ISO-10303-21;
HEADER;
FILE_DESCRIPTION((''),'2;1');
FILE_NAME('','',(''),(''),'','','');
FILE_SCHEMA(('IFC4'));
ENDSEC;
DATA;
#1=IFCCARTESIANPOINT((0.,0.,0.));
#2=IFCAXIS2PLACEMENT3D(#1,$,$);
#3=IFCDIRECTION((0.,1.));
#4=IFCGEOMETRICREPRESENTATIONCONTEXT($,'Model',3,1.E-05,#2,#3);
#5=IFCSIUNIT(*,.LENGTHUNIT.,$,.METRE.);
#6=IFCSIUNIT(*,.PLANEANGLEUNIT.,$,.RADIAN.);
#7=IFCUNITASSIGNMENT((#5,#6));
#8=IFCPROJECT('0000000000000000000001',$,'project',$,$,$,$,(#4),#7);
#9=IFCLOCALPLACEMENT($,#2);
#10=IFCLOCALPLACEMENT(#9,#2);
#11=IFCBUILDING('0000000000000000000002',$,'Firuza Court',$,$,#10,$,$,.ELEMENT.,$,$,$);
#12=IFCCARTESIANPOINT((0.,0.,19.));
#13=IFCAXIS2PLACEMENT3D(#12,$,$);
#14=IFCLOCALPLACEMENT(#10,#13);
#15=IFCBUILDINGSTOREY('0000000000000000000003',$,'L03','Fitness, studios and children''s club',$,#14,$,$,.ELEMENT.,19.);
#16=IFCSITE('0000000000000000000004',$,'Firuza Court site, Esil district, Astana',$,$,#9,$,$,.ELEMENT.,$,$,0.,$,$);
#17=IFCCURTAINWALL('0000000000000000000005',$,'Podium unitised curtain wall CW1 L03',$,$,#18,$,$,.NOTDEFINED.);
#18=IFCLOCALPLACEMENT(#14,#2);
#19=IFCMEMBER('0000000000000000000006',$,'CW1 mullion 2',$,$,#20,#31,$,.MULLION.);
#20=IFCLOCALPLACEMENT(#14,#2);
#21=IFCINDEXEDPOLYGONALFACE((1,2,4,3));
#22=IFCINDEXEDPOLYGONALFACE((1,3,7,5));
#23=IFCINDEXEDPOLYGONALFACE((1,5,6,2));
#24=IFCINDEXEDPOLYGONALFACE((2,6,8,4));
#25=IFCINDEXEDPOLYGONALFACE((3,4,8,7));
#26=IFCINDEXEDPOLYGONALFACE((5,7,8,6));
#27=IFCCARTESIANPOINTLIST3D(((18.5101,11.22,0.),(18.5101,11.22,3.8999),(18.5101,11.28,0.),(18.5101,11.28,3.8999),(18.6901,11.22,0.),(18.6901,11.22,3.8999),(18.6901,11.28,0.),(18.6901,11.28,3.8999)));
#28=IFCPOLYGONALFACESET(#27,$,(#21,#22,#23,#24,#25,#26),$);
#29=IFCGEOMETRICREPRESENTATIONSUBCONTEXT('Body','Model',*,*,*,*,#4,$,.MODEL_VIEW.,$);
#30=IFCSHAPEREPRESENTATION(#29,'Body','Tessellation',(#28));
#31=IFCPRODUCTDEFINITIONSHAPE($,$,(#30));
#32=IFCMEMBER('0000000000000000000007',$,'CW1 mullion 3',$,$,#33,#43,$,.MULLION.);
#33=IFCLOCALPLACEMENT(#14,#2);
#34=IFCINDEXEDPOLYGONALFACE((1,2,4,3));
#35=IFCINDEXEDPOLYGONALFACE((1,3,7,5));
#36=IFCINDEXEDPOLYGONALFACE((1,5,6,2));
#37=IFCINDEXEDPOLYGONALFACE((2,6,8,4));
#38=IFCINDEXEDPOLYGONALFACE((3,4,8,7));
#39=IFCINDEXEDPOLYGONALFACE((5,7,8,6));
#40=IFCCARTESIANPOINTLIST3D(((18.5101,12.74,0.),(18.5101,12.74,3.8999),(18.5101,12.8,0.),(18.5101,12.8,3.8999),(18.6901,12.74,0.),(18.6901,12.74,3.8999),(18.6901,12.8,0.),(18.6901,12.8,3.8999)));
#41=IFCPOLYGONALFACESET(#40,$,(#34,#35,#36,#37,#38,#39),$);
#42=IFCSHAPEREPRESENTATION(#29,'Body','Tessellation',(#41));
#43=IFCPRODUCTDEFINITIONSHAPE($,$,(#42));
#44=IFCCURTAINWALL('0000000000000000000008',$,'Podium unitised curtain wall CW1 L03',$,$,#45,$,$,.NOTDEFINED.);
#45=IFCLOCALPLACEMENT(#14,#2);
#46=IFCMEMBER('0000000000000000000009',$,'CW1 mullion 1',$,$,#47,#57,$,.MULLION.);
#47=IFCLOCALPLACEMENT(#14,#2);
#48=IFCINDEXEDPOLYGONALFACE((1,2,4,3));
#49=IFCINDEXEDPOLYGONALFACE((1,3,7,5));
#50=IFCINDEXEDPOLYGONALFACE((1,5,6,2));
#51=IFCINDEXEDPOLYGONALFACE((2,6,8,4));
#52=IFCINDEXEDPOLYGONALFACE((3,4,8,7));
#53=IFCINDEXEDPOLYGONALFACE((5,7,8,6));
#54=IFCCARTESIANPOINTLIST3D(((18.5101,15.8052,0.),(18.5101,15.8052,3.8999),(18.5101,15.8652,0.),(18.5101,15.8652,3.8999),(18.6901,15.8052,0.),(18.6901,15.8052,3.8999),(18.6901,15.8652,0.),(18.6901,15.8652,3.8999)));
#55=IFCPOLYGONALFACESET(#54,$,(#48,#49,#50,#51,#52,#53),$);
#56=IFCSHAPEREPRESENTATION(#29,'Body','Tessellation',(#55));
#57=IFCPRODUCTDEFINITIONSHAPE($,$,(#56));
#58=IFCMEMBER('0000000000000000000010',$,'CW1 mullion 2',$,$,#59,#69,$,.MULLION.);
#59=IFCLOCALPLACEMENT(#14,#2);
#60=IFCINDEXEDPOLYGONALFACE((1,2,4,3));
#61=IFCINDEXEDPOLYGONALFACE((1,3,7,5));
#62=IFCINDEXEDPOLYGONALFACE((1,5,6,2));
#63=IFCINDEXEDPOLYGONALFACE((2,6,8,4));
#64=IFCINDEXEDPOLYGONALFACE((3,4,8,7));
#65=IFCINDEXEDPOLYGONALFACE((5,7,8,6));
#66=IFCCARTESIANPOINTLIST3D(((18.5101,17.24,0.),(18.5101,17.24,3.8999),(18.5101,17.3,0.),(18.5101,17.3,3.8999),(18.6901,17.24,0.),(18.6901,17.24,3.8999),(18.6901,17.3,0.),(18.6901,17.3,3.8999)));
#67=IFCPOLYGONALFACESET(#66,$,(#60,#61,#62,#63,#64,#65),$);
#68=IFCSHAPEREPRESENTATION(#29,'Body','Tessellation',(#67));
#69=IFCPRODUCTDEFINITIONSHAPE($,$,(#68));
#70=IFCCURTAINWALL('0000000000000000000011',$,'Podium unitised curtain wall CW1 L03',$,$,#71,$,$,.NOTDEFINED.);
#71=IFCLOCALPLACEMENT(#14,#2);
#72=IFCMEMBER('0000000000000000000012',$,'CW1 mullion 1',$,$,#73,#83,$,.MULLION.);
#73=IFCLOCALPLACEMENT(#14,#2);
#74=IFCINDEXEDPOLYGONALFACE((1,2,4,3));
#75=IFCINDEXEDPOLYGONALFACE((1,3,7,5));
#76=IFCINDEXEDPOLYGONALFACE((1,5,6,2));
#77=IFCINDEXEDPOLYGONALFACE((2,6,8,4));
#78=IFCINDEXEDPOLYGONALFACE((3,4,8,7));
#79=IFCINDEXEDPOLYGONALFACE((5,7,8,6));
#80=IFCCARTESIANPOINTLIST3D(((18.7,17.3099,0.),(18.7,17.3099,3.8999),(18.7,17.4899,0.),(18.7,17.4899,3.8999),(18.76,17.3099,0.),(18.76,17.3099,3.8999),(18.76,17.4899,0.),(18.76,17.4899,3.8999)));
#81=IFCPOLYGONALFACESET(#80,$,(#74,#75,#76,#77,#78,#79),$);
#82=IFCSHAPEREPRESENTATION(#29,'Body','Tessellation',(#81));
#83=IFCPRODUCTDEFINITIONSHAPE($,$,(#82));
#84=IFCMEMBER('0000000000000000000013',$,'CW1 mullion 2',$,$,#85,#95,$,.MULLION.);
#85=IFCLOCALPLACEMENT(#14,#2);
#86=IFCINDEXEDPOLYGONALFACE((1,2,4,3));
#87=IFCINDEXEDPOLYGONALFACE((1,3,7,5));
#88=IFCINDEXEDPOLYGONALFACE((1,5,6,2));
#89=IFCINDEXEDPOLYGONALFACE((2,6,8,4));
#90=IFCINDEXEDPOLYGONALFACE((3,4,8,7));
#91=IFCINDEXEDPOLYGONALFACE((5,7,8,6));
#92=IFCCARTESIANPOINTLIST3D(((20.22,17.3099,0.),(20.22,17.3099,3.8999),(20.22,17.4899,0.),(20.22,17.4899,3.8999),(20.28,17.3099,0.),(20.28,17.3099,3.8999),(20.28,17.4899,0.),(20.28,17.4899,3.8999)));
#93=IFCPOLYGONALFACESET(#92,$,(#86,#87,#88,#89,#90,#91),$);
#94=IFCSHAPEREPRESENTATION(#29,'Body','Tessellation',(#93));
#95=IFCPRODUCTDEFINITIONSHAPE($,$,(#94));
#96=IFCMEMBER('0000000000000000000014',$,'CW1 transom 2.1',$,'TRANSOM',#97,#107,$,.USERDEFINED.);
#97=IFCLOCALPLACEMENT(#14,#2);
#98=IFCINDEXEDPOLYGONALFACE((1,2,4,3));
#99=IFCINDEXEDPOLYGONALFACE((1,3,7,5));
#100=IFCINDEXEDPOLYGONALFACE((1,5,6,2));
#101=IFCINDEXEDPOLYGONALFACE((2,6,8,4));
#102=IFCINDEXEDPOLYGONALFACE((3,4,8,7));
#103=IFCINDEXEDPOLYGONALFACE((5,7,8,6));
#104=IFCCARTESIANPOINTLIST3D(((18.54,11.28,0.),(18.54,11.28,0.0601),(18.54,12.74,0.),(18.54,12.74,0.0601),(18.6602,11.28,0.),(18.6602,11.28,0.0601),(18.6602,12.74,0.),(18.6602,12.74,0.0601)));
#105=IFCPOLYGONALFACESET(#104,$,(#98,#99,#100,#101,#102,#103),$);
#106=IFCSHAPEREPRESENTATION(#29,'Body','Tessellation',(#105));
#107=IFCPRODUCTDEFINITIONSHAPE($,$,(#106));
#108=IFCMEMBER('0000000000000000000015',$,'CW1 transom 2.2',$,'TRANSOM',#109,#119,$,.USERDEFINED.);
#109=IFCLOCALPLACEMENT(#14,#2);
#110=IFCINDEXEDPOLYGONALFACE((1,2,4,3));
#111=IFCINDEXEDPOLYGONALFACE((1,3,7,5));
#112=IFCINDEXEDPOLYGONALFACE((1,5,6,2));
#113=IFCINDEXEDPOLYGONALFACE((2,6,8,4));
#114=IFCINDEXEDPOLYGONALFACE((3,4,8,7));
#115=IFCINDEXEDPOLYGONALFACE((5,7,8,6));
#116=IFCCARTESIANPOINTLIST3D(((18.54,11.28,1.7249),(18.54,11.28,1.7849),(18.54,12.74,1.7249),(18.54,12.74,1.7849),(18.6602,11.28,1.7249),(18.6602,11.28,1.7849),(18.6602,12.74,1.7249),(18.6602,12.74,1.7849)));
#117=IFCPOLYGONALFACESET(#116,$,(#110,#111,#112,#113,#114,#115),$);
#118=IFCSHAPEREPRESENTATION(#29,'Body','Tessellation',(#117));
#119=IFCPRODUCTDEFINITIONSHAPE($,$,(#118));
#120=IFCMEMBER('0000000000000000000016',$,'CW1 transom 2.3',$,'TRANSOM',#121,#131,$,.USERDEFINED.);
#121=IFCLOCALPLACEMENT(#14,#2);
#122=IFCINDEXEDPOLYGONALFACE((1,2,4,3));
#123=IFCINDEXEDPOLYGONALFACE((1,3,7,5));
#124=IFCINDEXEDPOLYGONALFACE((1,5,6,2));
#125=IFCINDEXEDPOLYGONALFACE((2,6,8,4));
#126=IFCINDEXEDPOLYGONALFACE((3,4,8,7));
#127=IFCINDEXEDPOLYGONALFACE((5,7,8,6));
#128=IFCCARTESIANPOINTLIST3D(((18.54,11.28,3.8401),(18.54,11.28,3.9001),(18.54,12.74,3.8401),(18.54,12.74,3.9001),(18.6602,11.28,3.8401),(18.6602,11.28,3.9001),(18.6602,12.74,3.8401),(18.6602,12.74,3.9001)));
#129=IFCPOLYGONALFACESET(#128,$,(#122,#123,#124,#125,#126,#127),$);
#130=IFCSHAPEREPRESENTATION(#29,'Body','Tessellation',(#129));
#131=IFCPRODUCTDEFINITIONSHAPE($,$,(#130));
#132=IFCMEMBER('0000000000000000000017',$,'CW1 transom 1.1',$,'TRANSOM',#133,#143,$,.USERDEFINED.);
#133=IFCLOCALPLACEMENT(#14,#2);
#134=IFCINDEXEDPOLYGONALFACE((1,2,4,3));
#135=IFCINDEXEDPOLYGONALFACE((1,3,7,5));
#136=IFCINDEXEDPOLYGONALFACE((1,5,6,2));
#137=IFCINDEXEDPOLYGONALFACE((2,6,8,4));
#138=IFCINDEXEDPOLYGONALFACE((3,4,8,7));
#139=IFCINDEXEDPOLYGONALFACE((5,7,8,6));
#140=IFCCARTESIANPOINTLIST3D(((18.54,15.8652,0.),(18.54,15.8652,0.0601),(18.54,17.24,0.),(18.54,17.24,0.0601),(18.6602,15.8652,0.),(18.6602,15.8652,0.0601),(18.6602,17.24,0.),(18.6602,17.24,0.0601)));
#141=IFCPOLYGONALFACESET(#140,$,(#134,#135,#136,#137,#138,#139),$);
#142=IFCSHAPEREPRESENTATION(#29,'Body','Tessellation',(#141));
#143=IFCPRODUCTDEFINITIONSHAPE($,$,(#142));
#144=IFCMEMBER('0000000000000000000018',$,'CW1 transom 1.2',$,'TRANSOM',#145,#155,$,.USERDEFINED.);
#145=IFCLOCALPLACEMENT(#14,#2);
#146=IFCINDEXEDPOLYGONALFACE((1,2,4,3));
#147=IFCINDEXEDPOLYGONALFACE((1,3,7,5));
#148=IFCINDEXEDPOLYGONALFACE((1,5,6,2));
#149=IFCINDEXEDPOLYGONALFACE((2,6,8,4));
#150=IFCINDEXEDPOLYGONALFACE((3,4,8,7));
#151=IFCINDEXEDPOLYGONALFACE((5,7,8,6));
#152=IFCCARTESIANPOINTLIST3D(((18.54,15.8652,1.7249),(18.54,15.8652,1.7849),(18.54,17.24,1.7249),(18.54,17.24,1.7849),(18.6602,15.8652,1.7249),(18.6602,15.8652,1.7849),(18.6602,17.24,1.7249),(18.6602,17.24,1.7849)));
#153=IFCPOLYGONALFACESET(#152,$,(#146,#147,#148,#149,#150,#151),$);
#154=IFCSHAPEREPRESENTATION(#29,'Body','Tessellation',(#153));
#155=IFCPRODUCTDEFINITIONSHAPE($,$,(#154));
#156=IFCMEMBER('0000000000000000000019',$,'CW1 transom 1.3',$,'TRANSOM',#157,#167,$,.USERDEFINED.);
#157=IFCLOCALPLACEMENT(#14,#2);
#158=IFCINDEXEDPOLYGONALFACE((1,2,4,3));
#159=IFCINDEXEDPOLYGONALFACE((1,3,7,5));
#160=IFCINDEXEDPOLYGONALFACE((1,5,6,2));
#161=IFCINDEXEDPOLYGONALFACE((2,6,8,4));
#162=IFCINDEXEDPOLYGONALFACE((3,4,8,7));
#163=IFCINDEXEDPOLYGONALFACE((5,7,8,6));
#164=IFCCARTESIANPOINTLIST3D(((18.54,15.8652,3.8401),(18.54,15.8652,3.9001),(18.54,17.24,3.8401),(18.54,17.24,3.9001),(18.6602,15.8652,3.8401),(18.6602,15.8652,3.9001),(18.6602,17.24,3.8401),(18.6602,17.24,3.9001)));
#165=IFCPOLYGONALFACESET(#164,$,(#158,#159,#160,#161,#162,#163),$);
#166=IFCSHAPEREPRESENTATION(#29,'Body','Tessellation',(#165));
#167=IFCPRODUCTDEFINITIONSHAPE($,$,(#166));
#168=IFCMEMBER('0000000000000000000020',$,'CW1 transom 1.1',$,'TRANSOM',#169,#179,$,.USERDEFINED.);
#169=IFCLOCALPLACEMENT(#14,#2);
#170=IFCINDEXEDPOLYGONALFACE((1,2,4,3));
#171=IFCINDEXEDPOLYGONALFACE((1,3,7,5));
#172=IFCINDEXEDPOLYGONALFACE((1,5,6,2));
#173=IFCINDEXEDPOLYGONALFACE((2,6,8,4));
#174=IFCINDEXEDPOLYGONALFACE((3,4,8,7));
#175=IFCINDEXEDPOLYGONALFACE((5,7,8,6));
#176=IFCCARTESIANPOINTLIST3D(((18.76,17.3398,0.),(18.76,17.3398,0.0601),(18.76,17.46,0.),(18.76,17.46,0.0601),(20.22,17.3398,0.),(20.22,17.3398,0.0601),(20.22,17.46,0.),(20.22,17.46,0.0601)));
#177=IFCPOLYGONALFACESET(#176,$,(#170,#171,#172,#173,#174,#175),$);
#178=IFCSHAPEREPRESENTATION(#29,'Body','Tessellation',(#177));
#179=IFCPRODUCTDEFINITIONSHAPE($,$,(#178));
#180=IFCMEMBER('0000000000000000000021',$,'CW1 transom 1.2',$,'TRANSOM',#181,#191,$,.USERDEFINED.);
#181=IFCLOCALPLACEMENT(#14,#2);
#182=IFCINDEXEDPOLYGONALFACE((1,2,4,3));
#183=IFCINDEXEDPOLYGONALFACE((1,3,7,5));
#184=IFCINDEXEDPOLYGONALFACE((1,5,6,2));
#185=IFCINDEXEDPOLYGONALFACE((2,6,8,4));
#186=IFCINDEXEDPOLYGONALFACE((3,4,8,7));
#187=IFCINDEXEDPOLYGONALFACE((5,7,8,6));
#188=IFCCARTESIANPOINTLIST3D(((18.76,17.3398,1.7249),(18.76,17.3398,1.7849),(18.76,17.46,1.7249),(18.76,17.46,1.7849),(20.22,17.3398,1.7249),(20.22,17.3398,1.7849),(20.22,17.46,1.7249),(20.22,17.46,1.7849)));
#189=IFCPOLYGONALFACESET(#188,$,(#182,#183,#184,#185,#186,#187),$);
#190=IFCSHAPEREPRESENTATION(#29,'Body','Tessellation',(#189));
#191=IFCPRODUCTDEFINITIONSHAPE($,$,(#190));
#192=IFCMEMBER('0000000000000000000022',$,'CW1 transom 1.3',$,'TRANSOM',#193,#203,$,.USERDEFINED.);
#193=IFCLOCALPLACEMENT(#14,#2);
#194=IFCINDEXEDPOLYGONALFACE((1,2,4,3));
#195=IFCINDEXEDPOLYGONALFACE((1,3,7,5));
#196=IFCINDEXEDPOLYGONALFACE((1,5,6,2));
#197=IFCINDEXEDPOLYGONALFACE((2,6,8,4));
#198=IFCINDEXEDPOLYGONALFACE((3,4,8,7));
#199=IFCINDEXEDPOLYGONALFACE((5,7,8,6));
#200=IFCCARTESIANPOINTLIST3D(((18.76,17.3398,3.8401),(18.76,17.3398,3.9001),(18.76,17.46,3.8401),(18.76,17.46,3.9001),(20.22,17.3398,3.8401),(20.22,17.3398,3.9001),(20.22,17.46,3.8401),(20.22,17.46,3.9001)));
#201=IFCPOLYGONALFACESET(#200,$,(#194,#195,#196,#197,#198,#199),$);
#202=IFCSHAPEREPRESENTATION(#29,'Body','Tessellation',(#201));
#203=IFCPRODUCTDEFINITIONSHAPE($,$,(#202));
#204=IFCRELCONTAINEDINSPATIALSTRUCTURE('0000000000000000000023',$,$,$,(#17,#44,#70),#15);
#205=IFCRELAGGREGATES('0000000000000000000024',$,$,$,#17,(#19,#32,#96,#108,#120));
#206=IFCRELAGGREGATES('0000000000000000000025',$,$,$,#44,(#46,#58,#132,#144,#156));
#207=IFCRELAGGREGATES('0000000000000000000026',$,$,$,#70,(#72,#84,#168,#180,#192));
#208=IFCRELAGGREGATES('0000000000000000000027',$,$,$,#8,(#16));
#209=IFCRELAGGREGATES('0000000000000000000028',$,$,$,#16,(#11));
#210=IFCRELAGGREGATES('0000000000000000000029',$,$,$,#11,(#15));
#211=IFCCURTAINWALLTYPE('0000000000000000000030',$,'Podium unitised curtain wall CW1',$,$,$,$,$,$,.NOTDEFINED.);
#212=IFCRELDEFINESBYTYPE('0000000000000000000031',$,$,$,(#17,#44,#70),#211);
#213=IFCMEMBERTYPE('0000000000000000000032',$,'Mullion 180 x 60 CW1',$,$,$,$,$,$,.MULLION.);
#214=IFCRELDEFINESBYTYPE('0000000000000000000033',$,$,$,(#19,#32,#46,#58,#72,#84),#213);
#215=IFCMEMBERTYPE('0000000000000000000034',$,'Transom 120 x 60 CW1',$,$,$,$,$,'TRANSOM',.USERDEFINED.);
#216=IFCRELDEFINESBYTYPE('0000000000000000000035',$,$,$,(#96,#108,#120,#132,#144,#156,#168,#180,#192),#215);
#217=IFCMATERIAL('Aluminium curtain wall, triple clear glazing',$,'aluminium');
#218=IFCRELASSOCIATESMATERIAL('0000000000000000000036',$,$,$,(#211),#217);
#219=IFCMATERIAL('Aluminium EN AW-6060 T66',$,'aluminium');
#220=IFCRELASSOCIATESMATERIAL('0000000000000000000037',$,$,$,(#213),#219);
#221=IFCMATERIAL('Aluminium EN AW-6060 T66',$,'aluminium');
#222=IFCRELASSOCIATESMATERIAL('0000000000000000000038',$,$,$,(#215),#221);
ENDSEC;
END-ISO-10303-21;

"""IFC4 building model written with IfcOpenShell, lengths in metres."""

from ifc_helpers import new_model, si_unit, direction, frame, origin, origin_2d, place, context, subcontext, project, spatial, rectangle, extrude, material, material_profile, profile_set, type_object, element, aggregate, save


model = new_model("IFC4")

# Units and contexts
model_context = context("Model", 3, precision=1e-05, world=origin(), true_north=direction((0.0, 1.0)))
body_context = subcontext(model_context, "Body", "Model", "MODEL_VIEW")
ifc_project = project(units=[si_unit("LENGTHUNIT", "METRE"), si_unit("PLANEANGLEUNIT", "RADIAN")], contexts=[model_context])

# Site, building, storey
site_placement = place(None, origin())
site = spatial("IfcSite", under=ifc_project, at=site_placement, Name="Firuza Court site, Esil district, Astana", CompositionType="ELEMENT", RefElevation=0.0)
building_placement = place(site_placement, origin())
building = spatial("IfcBuilding", under=site, at=building_placement, Name="Firuza Court", CompositionType="ELEMENT")
storey_placement = place(building_placement, frame((0.0, 0.0, 19.0)))
storey = spatial("IfcBuildingStorey", under=building, at=storey_placement, Name="L03", Description="Fitness, studios and children's club", CompositionType="ELEMENT", Elevation=19.0)

# Curtain walls, members
ifc_material_1 = material(Name="Aluminium curtain wall, triple clear glazing", Category="aluminium")
curtain_wall_type = type_object("IfcCurtainWallType", Name="Podium unitised curtain wall CW1", PredefinedType="NOTDEFINED", material=ifc_material_1)
curtain_wall_1_placement = place(storey_placement, origin())
curtain_wall_1 = element("IfcCurtainWall", 1, at=curtain_wall_1_placement, inside=storey, type_object=curtain_wall_type, Name="Podium unitised curtain wall CW1 L03", PredefinedType="NOTDEFINED")
ifc_material_2 = material(Name="Aluminium EN AW-6060 T66", Category="aluminium")
ifc_material_profile_1 = material_profile(ifc_material_2, rectangle(XDim=0.1799, YDim=0.0601, at=origin_2d()), Name="Mullion 180 x 60 CW1")
ifc_profile_set_1 = profile_set([ifc_material_profile_1], Name="Aluminium EN AW-6060 T66")
member_type_1 = type_object("IfcMemberType", Name="Mullion 180 x 60 CW1", PredefinedType="MULLION", material=ifc_profile_set_1)
member_1_placement = place(storey_placement, frame((18.6001, 11.25, 0.0), z_axis=(0.0, 0.0, 1.0), x_axis=(-1.0, 0.0, 0.0)))
member_1 = element("IfcMember", 2, at=member_1_placement, type_object=member_type_1, Name="CW1 mullion 2", PredefinedType="MULLION", context=body_context, shape_type="SweptSolid", body=[
    extrude(rectangle(XDim=0.1799, YDim=0.0601, at=origin_2d()), origin(), (0.0, 0.0, 1.0), 3.8999),
])
member_2_placement = place(storey_placement, frame((18.6001, 12.77, 0.0), z_axis=(0.0, 0.0, 1.0), x_axis=(-1.0, 0.0, 0.0)))
member_2 = element("IfcMember", 3, at=member_2_placement, type_object=member_type_1, Name="CW1 mullion 3", PredefinedType="MULLION", context=body_context, shape_type="SweptSolid", body=[
    extrude(rectangle(XDim=0.1799, YDim=0.0601, at=origin_2d()), origin(), (0.0, 0.0, 1.0), 3.8999),
])
curtain_wall_2_placement = place(storey_placement, origin())
curtain_wall_2 = element("IfcCurtainWall", 4, at=curtain_wall_2_placement, inside=storey, type_object=curtain_wall_type, Name="Podium unitised curtain wall CW1 L03", PredefinedType="NOTDEFINED")
member_3_placement = place(storey_placement, frame((18.6001, 15.8352, 0.0), z_axis=(0.0, 0.0, 1.0), x_axis=(-1.0, 0.0, 0.0)))
member_3 = element("IfcMember", 5, at=member_3_placement, type_object=member_type_1, Name="CW1 mullion 1", PredefinedType="MULLION", context=body_context, shape_type="SweptSolid", body=[
    extrude(rectangle(XDim=0.1799, YDim=0.0601, at=origin_2d()), origin(), (0.0, 0.0, 1.0), 3.8999),
])
member_4_placement = place(storey_placement, frame((18.6001, 17.27, 0.0), z_axis=(0.0, 0.0, 1.0), x_axis=(-1.0, 0.0, 0.0)))
member_4 = element("IfcMember", 6, at=member_4_placement, type_object=member_type_1, Name="CW1 mullion 2", PredefinedType="MULLION", context=body_context, shape_type="SweptSolid", body=[
    extrude(rectangle(XDim=0.1799, YDim=0.0601, at=origin_2d()), origin(), (0.0, 0.0, 1.0), 3.8999),
])
curtain_wall_3_placement = place(storey_placement, origin())
curtain_wall_3 = element("IfcCurtainWall", 7, at=curtain_wall_3_placement, inside=storey, type_object=curtain_wall_type, Name="Podium unitised curtain wall CW1 L03", PredefinedType="NOTDEFINED")
member_5_placement = place(storey_placement, frame((18.73, 17.3999, 0.0), z_axis=(0.0, 0.0, 1.0), x_axis=(0.0, 1.0, 0.0)))
member_5 = element("IfcMember", 8, at=member_5_placement, type_object=member_type_1, Name="CW1 mullion 1", PredefinedType="MULLION", context=body_context, shape_type="SweptSolid", body=[
    extrude(rectangle(XDim=0.1799, YDim=0.0601, at=origin_2d()), origin(), (0.0, 0.0, 1.0), 3.8999),
])
member_6_placement = place(storey_placement, frame((20.25, 17.3999, 0.0), z_axis=(0.0, 0.0, 1.0), x_axis=(0.0, 1.0, 0.0)))
member_6 = element("IfcMember", 9, at=member_6_placement, type_object=member_type_1, Name="CW1 mullion 2", PredefinedType="MULLION", context=body_context, shape_type="SweptSolid", body=[
    extrude(rectangle(XDim=0.1799, YDim=0.0601, at=origin_2d()), origin(), (0.0, 0.0, 1.0), 3.8999),
])

# Members
ifc_material_3 = material(Name="Aluminium EN AW-6060 T66", Category="aluminium")
ifc_material_profile_2 = material_profile(ifc_material_3, rectangle(XDim=0.1201, YDim=0.0601, at=origin_2d()), Name="Transom 120 x 60 CW1")
ifc_profile_set_2 = profile_set([ifc_material_profile_2], Name="Aluminium EN AW-6060 T66")
member_type_2 = type_object("IfcMemberType", Name="Transom 120 x 60 CW1", ElementType="TRANSOM", PredefinedType="USERDEFINED", material=ifc_profile_set_2)
member_7_placement = place(storey_placement, frame((18.6001, 11.28, 0.03), z_axis=(0.0, 1.0, 0.0), x_axis=(-1.0, 0.0, 0.0)))
member_7 = element("IfcMember", 10, at=member_7_placement, type_object=member_type_2, Name="CW1 transom 2.1", ObjectType="TRANSOM", PredefinedType="USERDEFINED", context=body_context, shape_type="SweptSolid", body=[
    extrude(rectangle(XDim=0.1201, YDim=0.0601, at=origin_2d()), origin(), (0.0, 0.0, 1.0), 1.46),
])
member_8_placement = place(storey_placement, frame((18.6001, 11.28, 1.7549), z_axis=(0.0, 1.0, 0.0), x_axis=(-1.0, 0.0, 0.0)))
member_8 = element("IfcMember", 11, at=member_8_placement, type_object=member_type_2, Name="CW1 transom 2.2", ObjectType="TRANSOM", PredefinedType="USERDEFINED", context=body_context, shape_type="SweptSolid", body=[
    extrude(rectangle(XDim=0.1201, YDim=0.0601, at=origin_2d()), origin(), (0.0, 0.0, 1.0), 1.46),
])
member_9_placement = place(storey_placement, frame((18.6001, 11.28, 3.8701), z_axis=(0.0, 1.0, 0.0), x_axis=(-1.0, 0.0, 0.0)))
member_9 = element("IfcMember", 12, at=member_9_placement, type_object=member_type_2, Name="CW1 transom 2.3", ObjectType="TRANSOM", PredefinedType="USERDEFINED", context=body_context, shape_type="SweptSolid", body=[
    extrude(rectangle(XDim=0.1201, YDim=0.0601, at=origin_2d()), origin(), (0.0, 0.0, 1.0), 1.46),
])
member_10_placement = place(storey_placement, frame((18.6001, 15.8652, 0.03), z_axis=(0.0, 1.0, 0.0), x_axis=(-1.0, 0.0, 0.0)))
member_10 = element("IfcMember", 13, at=member_10_placement, type_object=member_type_2, Name="CW1 transom 1.1", ObjectType="TRANSOM", PredefinedType="USERDEFINED", context=body_context, shape_type="SweptSolid", body=[
    extrude(rectangle(XDim=0.1201, YDim=0.0601, at=origin_2d()), origin(), (0.0, 0.0, 1.0), 1.3748),
])
member_11_placement = place(storey_placement, frame((18.6001, 15.8652, 1.7549), z_axis=(0.0, 1.0, 0.0), x_axis=(-1.0, 0.0, 0.0)))
member_11 = element("IfcMember", 14, at=member_11_placement, type_object=member_type_2, Name="CW1 transom 1.2", ObjectType="TRANSOM", PredefinedType="USERDEFINED", context=body_context, shape_type="SweptSolid", body=[
    extrude(rectangle(XDim=0.1201, YDim=0.0601, at=origin_2d()), origin(), (0.0, 0.0, 1.0), 1.3748),
])
member_12_placement = place(storey_placement, frame((18.6001, 15.8652, 3.8701), z_axis=(0.0, 1.0, 0.0), x_axis=(-1.0, 0.0, 0.0)))
member_12 = element("IfcMember", 15, at=member_12_placement, type_object=member_type_2, Name="CW1 transom 1.3", ObjectType="TRANSOM", PredefinedType="USERDEFINED", context=body_context, shape_type="SweptSolid", body=[
    extrude(rectangle(XDim=0.1201, YDim=0.0601, at=origin_2d()), origin(), (0.0, 0.0, 1.0), 1.3748),
])
member_13_placement = place(storey_placement, frame((18.76, 17.3999, 0.03), z_axis=(1.0, 0.0, 0.0), x_axis=(0.0, 1.0, 0.0)))
member_13 = element("IfcMember", 16, at=member_13_placement, type_object=member_type_2, Name="CW1 transom 1.1", ObjectType="TRANSOM", PredefinedType="USERDEFINED", context=body_context, shape_type="SweptSolid", body=[
    extrude(rectangle(XDim=0.1201, YDim=0.0601, at=origin_2d()), origin(), (0.0, 0.0, 1.0), 1.46),
])
member_14_placement = place(storey_placement, frame((18.76, 17.3999, 1.7549), z_axis=(1.0, 0.0, 0.0), x_axis=(0.0, 1.0, 0.0)))
member_14 = element("IfcMember", 17, at=member_14_placement, type_object=member_type_2, Name="CW1 transom 1.2", ObjectType="TRANSOM", PredefinedType="USERDEFINED", context=body_context, shape_type="SweptSolid", body=[
    extrude(rectangle(XDim=0.1201, YDim=0.0601, at=origin_2d()), origin(), (0.0, 0.0, 1.0), 1.46),
])
member_15_placement = place(storey_placement, frame((18.76, 17.3999, 3.8701), z_axis=(1.0, 0.0, 0.0), x_axis=(0.0, 1.0, 0.0)))
member_15 = element("IfcMember", 18, at=member_15_placement, type_object=member_type_2, Name="CW1 transom 1.3", ObjectType="TRANSOM", PredefinedType="USERDEFINED", context=body_context, shape_type="SweptSolid", body=[
    extrude(rectangle(XDim=0.1201, YDim=0.0601, at=origin_2d()), origin(), (0.0, 0.0, 1.0), 1.46),
])

aggregate(curtain_wall_1, [member_1, member_2, member_7, member_8, member_9])
aggregate(curtain_wall_2, [member_3, member_4, member_10, member_11, member_12])
aggregate(curtain_wall_3, [member_5, member_6, member_13, member_14, member_15])

save(model, "model.ifc")
